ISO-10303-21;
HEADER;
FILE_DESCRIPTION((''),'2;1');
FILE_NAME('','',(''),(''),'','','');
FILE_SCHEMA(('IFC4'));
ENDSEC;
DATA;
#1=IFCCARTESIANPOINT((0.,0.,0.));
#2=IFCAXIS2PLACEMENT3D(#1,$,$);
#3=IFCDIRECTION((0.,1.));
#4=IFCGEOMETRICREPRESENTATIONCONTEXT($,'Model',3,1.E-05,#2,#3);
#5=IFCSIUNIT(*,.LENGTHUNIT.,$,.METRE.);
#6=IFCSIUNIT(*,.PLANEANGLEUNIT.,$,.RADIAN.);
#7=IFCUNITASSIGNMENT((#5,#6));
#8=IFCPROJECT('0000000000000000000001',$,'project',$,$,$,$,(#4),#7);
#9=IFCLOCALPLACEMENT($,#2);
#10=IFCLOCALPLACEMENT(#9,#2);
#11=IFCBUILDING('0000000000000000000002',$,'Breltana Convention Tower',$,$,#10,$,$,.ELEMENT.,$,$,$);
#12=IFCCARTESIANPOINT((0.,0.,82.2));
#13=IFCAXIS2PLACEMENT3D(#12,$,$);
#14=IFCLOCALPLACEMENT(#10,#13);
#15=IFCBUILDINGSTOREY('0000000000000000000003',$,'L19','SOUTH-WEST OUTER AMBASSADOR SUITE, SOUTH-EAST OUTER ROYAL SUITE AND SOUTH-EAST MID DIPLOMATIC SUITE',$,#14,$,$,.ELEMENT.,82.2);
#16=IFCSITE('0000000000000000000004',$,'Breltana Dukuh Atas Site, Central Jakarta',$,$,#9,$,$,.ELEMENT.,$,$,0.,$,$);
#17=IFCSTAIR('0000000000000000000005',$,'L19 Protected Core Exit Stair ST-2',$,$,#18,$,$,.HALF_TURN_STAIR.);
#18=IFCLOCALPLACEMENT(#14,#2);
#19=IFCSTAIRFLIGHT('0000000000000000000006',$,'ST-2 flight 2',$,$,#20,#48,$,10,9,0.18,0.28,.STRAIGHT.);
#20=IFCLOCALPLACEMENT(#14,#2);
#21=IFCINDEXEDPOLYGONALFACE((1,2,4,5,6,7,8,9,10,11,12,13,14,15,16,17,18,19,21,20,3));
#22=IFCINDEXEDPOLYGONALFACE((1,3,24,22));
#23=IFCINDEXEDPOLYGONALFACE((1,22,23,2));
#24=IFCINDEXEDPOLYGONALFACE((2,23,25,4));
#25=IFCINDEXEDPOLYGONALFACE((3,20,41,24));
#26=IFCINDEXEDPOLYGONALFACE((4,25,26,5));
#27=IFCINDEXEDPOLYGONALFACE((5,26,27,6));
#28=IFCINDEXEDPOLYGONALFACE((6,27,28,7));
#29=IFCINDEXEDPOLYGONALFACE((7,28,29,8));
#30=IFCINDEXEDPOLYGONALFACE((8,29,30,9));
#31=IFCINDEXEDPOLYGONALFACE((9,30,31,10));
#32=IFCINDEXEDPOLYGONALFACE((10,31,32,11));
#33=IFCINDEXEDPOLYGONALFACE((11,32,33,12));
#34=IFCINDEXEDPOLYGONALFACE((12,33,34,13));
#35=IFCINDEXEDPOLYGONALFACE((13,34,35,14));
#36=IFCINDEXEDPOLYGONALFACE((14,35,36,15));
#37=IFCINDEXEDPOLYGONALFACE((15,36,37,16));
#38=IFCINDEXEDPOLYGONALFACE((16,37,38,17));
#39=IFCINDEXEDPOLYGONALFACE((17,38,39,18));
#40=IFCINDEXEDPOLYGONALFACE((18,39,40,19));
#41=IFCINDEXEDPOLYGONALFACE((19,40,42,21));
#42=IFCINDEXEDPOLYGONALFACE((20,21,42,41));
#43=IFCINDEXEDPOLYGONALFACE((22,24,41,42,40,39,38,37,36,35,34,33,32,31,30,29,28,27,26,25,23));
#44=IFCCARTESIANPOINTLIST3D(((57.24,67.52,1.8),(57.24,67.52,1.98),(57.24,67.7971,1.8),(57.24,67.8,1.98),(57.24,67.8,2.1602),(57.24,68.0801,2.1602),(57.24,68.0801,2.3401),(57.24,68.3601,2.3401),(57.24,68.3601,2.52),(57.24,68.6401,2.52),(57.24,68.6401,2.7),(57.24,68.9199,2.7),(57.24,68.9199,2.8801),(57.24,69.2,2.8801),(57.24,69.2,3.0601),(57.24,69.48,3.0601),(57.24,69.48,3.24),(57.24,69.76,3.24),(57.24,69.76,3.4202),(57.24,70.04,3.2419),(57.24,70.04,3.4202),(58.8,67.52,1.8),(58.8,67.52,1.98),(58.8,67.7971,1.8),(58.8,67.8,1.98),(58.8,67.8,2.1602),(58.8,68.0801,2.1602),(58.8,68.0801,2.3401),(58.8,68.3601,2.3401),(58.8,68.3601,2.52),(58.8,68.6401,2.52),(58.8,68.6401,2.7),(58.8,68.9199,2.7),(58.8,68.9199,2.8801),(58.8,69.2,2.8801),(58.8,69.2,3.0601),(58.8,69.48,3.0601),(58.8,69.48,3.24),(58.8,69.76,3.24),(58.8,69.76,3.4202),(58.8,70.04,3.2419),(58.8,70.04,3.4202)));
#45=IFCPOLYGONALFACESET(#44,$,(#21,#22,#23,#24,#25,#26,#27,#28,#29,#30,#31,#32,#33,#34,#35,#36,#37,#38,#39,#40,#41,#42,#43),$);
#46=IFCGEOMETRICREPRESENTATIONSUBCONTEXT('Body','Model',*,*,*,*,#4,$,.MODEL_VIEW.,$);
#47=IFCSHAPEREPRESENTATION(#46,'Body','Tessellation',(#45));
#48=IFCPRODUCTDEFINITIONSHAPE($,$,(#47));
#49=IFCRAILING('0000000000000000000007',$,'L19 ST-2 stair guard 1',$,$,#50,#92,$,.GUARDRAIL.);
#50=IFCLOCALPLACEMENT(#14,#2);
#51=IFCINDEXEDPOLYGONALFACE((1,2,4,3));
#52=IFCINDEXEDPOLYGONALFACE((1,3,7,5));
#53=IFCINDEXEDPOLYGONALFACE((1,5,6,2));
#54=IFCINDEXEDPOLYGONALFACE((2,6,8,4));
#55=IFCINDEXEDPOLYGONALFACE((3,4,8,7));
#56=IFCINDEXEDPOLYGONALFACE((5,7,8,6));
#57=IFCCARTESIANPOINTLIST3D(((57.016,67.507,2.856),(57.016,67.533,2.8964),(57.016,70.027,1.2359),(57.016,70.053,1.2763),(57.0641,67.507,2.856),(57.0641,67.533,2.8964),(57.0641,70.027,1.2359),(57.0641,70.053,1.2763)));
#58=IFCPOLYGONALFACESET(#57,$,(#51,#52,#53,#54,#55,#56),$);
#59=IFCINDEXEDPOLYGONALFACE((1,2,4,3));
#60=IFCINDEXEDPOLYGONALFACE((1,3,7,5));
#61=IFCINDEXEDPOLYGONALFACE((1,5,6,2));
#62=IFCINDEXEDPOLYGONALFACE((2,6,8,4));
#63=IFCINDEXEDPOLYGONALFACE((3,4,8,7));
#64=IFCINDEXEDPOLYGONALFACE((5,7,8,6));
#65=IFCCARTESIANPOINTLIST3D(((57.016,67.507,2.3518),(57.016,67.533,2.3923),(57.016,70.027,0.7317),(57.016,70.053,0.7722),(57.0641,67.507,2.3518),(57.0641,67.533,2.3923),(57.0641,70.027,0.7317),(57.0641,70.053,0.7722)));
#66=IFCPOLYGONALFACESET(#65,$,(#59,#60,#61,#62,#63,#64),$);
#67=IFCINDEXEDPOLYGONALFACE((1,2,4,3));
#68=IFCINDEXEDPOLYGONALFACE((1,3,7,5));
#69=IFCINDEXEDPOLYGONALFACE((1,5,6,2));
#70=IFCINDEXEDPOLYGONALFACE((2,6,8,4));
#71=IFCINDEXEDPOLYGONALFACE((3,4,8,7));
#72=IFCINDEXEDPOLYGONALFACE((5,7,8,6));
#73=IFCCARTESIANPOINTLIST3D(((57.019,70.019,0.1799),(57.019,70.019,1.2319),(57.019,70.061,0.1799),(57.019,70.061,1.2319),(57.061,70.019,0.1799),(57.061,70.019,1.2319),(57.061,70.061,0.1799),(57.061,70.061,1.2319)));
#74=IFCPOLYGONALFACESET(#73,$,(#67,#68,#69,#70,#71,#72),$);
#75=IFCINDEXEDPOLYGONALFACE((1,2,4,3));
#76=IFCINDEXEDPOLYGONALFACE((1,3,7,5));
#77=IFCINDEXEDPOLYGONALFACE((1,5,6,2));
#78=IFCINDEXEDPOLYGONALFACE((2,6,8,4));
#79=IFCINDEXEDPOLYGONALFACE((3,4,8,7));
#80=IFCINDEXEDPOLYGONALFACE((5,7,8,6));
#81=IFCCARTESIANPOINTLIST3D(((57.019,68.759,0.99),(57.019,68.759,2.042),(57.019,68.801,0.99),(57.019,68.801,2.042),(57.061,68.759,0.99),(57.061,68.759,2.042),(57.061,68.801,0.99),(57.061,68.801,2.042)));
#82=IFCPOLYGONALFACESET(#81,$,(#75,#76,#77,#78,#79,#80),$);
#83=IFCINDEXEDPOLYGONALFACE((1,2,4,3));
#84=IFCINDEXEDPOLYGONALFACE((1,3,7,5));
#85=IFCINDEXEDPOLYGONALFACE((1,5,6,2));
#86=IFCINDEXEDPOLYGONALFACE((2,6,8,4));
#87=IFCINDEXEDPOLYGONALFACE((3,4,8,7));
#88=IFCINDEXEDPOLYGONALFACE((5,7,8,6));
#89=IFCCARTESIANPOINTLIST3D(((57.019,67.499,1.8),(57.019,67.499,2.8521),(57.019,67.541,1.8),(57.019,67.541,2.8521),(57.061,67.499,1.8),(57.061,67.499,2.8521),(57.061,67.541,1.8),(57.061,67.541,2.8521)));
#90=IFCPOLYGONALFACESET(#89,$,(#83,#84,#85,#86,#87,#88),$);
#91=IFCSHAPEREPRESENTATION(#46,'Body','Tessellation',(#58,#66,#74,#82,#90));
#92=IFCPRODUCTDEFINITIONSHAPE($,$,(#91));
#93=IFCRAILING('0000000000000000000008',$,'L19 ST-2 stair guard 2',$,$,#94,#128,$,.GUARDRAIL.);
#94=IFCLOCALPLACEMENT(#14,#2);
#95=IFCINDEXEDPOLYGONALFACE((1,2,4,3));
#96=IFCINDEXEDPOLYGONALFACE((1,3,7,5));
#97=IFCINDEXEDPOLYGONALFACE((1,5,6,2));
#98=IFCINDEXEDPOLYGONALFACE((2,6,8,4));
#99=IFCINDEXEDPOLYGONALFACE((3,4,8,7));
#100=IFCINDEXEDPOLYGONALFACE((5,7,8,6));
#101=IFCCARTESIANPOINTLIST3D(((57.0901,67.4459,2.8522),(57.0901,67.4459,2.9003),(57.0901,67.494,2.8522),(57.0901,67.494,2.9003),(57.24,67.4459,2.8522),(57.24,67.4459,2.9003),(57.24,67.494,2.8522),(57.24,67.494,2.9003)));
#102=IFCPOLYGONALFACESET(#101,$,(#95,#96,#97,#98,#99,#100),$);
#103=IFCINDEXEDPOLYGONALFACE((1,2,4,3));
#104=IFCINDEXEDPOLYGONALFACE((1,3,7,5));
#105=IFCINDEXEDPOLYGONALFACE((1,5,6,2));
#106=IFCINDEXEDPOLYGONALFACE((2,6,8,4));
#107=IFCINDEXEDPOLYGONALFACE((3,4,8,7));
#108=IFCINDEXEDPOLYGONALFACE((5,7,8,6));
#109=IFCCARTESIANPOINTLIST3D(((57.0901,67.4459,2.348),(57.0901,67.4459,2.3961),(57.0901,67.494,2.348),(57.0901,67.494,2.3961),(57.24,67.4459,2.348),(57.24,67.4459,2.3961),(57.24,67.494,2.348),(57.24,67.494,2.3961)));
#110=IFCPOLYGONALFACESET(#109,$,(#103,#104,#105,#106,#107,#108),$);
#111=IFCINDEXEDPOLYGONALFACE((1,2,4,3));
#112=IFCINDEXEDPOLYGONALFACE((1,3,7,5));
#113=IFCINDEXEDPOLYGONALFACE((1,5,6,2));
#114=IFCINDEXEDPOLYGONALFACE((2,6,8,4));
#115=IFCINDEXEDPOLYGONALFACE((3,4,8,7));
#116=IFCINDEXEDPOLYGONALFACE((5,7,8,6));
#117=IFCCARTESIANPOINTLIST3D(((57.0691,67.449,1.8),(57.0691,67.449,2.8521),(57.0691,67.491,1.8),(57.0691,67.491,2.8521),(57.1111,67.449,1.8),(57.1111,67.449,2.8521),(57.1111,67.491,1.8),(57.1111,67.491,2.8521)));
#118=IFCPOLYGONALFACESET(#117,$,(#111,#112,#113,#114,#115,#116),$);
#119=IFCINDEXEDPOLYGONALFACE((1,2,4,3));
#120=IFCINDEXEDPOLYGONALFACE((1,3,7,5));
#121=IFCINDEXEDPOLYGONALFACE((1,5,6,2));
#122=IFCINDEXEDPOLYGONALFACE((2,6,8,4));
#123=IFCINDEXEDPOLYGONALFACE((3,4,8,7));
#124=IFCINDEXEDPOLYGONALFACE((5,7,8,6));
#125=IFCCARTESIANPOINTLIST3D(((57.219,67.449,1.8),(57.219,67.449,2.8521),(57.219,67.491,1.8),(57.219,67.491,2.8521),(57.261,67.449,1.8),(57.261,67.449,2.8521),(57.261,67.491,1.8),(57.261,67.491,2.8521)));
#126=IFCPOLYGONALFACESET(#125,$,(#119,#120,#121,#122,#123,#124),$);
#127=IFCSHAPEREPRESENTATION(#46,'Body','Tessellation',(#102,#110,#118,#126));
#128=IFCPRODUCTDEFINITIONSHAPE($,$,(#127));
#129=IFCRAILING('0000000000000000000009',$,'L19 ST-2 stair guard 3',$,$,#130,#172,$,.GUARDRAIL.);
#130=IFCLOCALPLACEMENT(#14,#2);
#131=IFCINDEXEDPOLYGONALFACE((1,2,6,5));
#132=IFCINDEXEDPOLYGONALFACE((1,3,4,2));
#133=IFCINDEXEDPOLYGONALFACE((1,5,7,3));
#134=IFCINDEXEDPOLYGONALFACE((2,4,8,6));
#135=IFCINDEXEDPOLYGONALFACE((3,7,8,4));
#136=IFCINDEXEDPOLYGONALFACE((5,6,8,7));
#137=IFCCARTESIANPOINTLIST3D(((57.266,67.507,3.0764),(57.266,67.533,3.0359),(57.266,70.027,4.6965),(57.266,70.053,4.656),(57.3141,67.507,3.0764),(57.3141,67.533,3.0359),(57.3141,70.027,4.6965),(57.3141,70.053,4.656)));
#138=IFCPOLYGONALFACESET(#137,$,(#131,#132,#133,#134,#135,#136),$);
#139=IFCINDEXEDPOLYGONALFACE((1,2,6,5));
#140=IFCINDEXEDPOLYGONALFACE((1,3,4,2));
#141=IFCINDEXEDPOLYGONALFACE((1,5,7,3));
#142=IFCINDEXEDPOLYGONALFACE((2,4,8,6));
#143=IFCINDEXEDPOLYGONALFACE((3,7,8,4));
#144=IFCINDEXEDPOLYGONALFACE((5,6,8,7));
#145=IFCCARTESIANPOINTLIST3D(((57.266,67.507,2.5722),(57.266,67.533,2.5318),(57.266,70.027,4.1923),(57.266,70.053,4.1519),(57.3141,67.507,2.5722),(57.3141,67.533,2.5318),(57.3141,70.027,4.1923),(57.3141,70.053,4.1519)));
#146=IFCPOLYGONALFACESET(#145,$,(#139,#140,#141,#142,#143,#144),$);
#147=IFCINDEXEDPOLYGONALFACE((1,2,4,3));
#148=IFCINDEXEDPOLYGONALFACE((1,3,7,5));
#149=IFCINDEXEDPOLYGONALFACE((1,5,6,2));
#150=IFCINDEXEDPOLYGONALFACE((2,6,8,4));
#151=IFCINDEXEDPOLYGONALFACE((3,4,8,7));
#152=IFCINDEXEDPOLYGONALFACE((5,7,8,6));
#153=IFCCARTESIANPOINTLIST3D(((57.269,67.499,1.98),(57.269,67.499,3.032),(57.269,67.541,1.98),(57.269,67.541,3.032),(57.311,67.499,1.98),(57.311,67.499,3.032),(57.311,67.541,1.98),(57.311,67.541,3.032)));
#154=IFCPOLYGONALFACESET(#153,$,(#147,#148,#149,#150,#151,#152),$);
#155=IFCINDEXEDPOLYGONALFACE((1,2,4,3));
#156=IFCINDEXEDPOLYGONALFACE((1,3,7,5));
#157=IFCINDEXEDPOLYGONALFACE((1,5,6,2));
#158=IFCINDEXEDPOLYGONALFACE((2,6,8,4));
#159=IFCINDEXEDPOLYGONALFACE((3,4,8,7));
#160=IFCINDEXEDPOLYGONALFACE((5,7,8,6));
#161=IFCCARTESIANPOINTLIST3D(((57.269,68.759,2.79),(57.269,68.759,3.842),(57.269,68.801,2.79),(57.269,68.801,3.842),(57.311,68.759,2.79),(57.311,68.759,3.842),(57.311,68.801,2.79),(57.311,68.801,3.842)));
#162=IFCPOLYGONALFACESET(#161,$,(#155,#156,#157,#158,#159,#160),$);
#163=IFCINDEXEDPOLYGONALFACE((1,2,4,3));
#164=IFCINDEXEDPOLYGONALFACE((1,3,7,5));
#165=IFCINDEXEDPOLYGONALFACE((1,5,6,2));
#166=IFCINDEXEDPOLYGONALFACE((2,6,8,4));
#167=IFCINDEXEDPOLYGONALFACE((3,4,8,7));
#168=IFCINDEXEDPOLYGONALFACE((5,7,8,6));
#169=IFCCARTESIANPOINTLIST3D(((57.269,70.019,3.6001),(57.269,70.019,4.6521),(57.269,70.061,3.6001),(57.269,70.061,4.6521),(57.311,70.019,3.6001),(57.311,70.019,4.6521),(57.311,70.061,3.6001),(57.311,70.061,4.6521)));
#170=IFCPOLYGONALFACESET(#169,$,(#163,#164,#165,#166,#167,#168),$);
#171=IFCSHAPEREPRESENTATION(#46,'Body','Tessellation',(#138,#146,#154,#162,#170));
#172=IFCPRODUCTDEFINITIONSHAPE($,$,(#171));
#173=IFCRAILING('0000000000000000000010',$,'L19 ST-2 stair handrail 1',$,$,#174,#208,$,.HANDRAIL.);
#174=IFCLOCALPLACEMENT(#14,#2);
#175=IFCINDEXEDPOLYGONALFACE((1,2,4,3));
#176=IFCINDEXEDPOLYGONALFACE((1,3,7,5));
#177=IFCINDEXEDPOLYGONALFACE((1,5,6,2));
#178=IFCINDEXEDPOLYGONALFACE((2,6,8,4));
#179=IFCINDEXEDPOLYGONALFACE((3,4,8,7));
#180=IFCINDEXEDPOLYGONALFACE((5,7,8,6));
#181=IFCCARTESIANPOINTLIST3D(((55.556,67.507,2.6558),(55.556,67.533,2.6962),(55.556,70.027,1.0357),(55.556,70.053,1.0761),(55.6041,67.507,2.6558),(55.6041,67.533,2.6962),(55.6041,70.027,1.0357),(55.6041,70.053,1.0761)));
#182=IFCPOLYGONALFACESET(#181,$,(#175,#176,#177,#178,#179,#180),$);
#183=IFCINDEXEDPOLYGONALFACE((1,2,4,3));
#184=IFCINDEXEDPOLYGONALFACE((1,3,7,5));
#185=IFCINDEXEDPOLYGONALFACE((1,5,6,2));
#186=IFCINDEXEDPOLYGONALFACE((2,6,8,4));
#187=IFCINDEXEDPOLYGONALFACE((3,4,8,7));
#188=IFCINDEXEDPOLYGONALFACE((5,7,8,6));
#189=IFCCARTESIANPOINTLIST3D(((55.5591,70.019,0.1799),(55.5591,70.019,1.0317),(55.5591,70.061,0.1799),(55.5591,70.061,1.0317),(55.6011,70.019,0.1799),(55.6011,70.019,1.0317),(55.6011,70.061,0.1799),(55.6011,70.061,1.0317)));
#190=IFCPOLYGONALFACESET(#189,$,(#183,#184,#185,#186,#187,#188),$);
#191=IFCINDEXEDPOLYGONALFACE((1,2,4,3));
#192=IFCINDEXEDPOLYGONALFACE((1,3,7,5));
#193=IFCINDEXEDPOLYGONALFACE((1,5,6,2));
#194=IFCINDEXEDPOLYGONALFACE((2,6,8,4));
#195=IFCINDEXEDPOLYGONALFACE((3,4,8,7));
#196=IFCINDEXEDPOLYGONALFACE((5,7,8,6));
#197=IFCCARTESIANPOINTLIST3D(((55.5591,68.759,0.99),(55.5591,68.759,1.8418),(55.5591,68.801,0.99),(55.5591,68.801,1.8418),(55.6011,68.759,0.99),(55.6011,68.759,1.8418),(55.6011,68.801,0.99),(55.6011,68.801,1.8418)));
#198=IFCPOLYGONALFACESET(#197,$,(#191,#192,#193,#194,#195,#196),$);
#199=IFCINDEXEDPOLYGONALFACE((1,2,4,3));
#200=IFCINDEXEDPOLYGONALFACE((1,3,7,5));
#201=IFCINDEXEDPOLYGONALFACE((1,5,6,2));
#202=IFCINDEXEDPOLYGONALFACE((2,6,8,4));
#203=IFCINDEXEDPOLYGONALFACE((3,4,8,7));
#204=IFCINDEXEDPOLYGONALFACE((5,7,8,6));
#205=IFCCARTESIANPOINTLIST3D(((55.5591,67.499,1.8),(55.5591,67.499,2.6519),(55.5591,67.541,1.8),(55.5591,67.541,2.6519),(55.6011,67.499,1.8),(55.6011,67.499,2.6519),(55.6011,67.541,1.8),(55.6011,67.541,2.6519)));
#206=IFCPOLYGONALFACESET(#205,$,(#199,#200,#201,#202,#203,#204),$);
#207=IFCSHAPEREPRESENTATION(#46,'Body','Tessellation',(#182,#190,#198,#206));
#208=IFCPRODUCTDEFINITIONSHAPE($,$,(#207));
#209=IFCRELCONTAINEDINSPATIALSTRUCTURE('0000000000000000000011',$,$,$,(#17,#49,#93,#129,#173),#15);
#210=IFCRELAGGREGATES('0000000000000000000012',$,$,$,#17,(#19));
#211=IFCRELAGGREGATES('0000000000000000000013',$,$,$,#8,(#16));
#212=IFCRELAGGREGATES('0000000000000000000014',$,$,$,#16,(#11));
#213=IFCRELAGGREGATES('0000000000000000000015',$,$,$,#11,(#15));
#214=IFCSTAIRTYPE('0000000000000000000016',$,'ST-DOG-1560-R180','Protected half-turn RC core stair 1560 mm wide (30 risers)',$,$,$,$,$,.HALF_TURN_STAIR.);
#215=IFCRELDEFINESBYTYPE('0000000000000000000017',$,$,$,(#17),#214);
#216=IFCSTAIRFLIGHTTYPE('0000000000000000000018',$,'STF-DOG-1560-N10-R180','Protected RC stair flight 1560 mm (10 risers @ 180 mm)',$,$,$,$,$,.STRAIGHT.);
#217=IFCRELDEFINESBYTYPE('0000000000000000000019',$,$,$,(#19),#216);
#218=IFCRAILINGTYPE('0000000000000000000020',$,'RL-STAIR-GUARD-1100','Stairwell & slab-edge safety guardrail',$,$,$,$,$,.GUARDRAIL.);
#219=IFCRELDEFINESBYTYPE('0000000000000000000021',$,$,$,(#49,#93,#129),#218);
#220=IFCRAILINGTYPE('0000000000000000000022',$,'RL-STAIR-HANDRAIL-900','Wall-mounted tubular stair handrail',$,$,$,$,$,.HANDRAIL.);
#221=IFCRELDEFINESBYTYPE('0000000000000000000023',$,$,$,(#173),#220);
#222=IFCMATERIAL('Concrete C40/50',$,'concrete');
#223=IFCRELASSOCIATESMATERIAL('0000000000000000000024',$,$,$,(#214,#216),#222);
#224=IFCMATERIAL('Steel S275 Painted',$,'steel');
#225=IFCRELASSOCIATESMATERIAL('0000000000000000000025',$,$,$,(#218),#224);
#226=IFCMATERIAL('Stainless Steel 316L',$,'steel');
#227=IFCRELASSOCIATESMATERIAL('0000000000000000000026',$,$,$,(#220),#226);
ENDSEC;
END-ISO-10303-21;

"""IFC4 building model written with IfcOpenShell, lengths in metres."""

from ifc_helpers import new_model, si_unit, direction, frame, origin, origin_2d, place, context, subcontext, project, spatial, polyline, rectangle, outline, extrude, material, type_object, element, aggregate, save


model = new_model("IFC4")

# Units and contexts
model_context = context("Model", 3, precision=1e-05, world=origin(), true_north=direction((0.0, 1.0)))
body_context = subcontext(model_context, "Body", "Model", "MODEL_VIEW")
ifc_project = project(units=[si_unit("LENGTHUNIT", "METRE"), si_unit("PLANEANGLEUNIT", "RADIAN")], contexts=[model_context])

# Site, building, storey
site_placement = place(None, origin())
site = spatial("IfcSite", under=ifc_project, at=site_placement, Name="Breltana Dukuh Atas Site, Central Jakarta", CompositionType="ELEMENT", RefElevation=0.0)
building_placement = place(site_placement, origin())
building = spatial("IfcBuilding", under=site, at=building_placement, Name="Breltana Convention Tower", CompositionType="ELEMENT")
storey_placement = place(building_placement, frame((0.0, 0.0, 82.2)))
storey = spatial("IfcBuildingStorey", under=building, at=storey_placement, Name="L19", Description="SOUTH-WEST OUTER AMBASSADOR SUITE, SOUTH-EAST OUTER ROYAL SUITE AND SOUTH-EAST MID DIPLOMATIC SUITE", CompositionType="ELEMENT", Elevation=82.2)

# Stair, stair flight
ifc_material_1 = material(Name="Concrete C40/50", Category="concrete")
stair_type = type_object("IfcStairType", Name="ST-DOG-1560-R180", Description="Protected half-turn RC core stair 1560 mm wide (30 risers)", PredefinedType="HALF_TURN_STAIR", material=ifc_material_1)
stair_placement = place(storey_placement, origin())
stair = element("IfcStair", 1, at=stair_placement, inside=storey, type_object=stair_type, Name="L19 Protected Core Exit Stair ST-2", PredefinedType="HALF_TURN_STAIR")
stair_flight_type = type_object("IfcStairFlightType", Name="STF-DOG-1560-N10-R180", Description="Protected RC stair flight 1560 mm (10 risers @ 180 mm)", PredefinedType="STRAIGHT", material=ifc_material_1)
stair_flight_1_placement = place(storey_placement, frame((58.02, 67.52, 1.8), z_axis=(0.0, 0.0, 1.0), x_axis=(0.0, 1.0, 0.0)))
stair_flight_1 = element("IfcStairFlight", 2, at=stair_flight_1_placement, type_object=stair_flight_type, Name="ST-2 flight 2", NumberOfRisers=10, NumberOfTreads=9, PredefinedType="STRAIGHT", RiserHeight=0.18, TreadLength=0.28, context=body_context, shape_type="SweptSolid", body=[
    extrude(outline(polyline([(0.0, 0.0), (0.0, 0.1799), (0.28, 0.1799), (0.28, 0.3601), (0.5601, 0.3601), (0.5601, 0.54), (0.8401, 0.54), (0.8401, 0.72), (1.1201, 0.72), (1.1201, 0.8999), (1.3999, 0.8999), (1.3999, 1.0801), (1.6799, 1.0801), (1.6799, 1.26), (1.96, 1.26), (1.96, 1.4399), (2.24, 1.4399), (2.24, 1.6201), (2.52, 1.6201), (2.52, 1.8), (2.52, 1.4419), (0.2771, 0.0), (0.0, 0.0)])), frame((0.0, 0.78, 0.0), z_axis=(0.0, -1.0, 0.0), x_axis=(1.0, 0.0, 0.0)), (0.0, 0.0, 1.0), 1.5601),
])
aggregate(stair, [stair_flight_1])

# Railings
ifc_material_2 = material(Name="Steel S275 Painted", Category="steel")
railing_type_1 = type_object("IfcRailingType", Name="RL-STAIR-GUARD-1100", Description="Stairwell & slab-edge safety guardrail", PredefinedType="GUARDRAIL", material=ifc_material_2)
railing_1_placement = place(storey_placement, frame((57.04, 70.04, 0.1799)))
element("IfcRailing", 3, at=railing_1_placement, inside=storey, type_object=railing_type_1, Name="L19 ST-2 stair guard 1", PredefinedType="GUARDRAIL", context=body_context, shape_type="SweptSolid", body=[
    extrude(rectangle(XDim=0.0481, YDim=0.0481, at=origin_2d()), frame((0.0, 0.0, 1.0762), z_axis=(0.0, -0.841163, 0.540782), x_axis=(1.0, 0.0, 0.0)), (0.0, 0.0, 1.0), 2.9958),
    extrude(rectangle(XDim=0.0481, YDim=0.0481, at=origin_2d()), frame((0.0, 0.0, 0.572), z_axis=(0.0, -0.841163, 0.540782), x_axis=(1.0, 0.0, 0.0)), (0.0, 0.0, 1.0), 2.9958),
    extrude(rectangle(XDim=0.042, YDim=0.042, at=origin_2d()), origin(), (0.0, 0.0, 1.0), 1.052),
    extrude(rectangle(XDim=0.042, YDim=0.042, at=origin_2d()), frame((0.0, -1.26, 0.8101)), (0.0, 0.0, 1.0), 1.052),
    extrude(rectangle(XDim=0.042, YDim=0.042, at=origin_2d()), frame((0.0, -2.52, 1.6201)), (0.0, 0.0, 1.0), 1.052),
])
railing_2_placement = place(storey_placement, frame((57.0901, 67.47, 1.8)))
element("IfcRailing", 4, at=railing_2_placement, inside=storey, type_object=railing_type_1, Name="L19 ST-2 stair guard 2", PredefinedType="GUARDRAIL", context=body_context, shape_type="SweptSolid", body=[
    extrude(rectangle(XDim=0.0481, YDim=0.0481, at=origin_2d()), frame((0.0, 0.0, 1.0762), z_axis=(1.0, 0.0, 0.0), x_axis=(0.0, 1.0, 0.0)), (0.0, 0.0, 1.0), 0.1499),
    extrude(rectangle(XDim=0.0481, YDim=0.0481, at=origin_2d()), frame((0.0, 0.0, 0.572), z_axis=(1.0, 0.0, 0.0), x_axis=(0.0, 1.0, 0.0)), (0.0, 0.0, 1.0), 0.1499),
    extrude(rectangle(XDim=0.042, YDim=0.042, at=origin_2d()), origin(), (0.0, 0.0, 1.0), 1.052),
    extrude(rectangle(XDim=0.042, YDim=0.042, at=origin_2d()), frame((0.1499, 0.0, 0.0)), (0.0, 0.0, 1.0), 1.052),
])
railing_3_placement = place(storey_placement, frame((57.29, 67.52, 1.98)))
element("IfcRailing", 5, at=railing_3_placement, inside=storey, type_object=railing_type_1, Name="L19 ST-2 stair guard 3", PredefinedType="GUARDRAIL", context=body_context, shape_type="SweptSolid", body=[
    extrude(rectangle(XDim=0.0481, YDim=0.0481, at=origin_2d()), frame((0.0, 0.0, 1.0762), z_axis=(0.0, 0.841163, 0.540782), x_axis=(-1.0, 0.0, 0.0)), (0.0, 0.0, 1.0), 2.9958),
    extrude(rectangle(XDim=0.0481, YDim=0.0481, at=origin_2d()), frame((0.0, 0.0, 0.572), z_axis=(0.0, 0.841163, 0.540782), x_axis=(-1.0, 0.0, 0.0)), (0.0, 0.0, 1.0), 2.9958),
    extrude(rectangle(XDim=0.042, YDim=0.042, at=origin_2d()), origin(), (0.0, 0.0, 1.0), 1.052),
    extrude(rectangle(XDim=0.042, YDim=0.042, at=origin_2d()), frame((0.0, 1.26, 0.8101)), (0.0, 0.0, 1.0), 1.052),
    extrude(rectangle(XDim=0.042, YDim=0.042, at=origin_2d()), frame((0.0, 2.52, 1.6201)), (0.0, 0.0, 1.0), 1.052),
])
ifc_material_3 = material(Name="Stainless Steel 316L", Category="steel")
railing_type_2 = type_object("IfcRailingType", Name="RL-STAIR-HANDRAIL-900", Description="Wall-mounted tubular stair handrail", PredefinedType="HANDRAIL", material=ifc_material_3)
railing_4_placement = place(storey_placement, frame((55.5801, 70.04, 0.1799)))
element("IfcRailing", 6, at=railing_4_placement, inside=storey, type_object=railing_type_2, Name="L19 ST-2 stair handrail 1", PredefinedType="HANDRAIL", context=body_context, shape_type="SweptSolid", body=[
    extrude(rectangle(XDim=0.0481, YDim=0.0481, at=origin_2d()), frame((0.0, 0.0, 0.876), z_axis=(0.0, -0.841163, 0.540782), x_axis=(1.0, 0.0, 0.0)), (0.0, 0.0, 1.0), 2.9958),
    extrude(rectangle(XDim=0.042, YDim=0.042, at=origin_2d()), origin(), (0.0, 0.0, 1.0), 0.8518),
    extrude(rectangle(XDim=0.042, YDim=0.042, at=origin_2d()), frame((0.0, -1.26, 0.8101)), (0.0, 0.0, 1.0), 0.8518),
    extrude(rectangle(XDim=0.042, YDim=0.042, at=origin_2d()), frame((0.0, -2.52, 1.6201)), (0.0, 0.0, 1.0), 0.8518),
])

save(model, "model.ifc")
